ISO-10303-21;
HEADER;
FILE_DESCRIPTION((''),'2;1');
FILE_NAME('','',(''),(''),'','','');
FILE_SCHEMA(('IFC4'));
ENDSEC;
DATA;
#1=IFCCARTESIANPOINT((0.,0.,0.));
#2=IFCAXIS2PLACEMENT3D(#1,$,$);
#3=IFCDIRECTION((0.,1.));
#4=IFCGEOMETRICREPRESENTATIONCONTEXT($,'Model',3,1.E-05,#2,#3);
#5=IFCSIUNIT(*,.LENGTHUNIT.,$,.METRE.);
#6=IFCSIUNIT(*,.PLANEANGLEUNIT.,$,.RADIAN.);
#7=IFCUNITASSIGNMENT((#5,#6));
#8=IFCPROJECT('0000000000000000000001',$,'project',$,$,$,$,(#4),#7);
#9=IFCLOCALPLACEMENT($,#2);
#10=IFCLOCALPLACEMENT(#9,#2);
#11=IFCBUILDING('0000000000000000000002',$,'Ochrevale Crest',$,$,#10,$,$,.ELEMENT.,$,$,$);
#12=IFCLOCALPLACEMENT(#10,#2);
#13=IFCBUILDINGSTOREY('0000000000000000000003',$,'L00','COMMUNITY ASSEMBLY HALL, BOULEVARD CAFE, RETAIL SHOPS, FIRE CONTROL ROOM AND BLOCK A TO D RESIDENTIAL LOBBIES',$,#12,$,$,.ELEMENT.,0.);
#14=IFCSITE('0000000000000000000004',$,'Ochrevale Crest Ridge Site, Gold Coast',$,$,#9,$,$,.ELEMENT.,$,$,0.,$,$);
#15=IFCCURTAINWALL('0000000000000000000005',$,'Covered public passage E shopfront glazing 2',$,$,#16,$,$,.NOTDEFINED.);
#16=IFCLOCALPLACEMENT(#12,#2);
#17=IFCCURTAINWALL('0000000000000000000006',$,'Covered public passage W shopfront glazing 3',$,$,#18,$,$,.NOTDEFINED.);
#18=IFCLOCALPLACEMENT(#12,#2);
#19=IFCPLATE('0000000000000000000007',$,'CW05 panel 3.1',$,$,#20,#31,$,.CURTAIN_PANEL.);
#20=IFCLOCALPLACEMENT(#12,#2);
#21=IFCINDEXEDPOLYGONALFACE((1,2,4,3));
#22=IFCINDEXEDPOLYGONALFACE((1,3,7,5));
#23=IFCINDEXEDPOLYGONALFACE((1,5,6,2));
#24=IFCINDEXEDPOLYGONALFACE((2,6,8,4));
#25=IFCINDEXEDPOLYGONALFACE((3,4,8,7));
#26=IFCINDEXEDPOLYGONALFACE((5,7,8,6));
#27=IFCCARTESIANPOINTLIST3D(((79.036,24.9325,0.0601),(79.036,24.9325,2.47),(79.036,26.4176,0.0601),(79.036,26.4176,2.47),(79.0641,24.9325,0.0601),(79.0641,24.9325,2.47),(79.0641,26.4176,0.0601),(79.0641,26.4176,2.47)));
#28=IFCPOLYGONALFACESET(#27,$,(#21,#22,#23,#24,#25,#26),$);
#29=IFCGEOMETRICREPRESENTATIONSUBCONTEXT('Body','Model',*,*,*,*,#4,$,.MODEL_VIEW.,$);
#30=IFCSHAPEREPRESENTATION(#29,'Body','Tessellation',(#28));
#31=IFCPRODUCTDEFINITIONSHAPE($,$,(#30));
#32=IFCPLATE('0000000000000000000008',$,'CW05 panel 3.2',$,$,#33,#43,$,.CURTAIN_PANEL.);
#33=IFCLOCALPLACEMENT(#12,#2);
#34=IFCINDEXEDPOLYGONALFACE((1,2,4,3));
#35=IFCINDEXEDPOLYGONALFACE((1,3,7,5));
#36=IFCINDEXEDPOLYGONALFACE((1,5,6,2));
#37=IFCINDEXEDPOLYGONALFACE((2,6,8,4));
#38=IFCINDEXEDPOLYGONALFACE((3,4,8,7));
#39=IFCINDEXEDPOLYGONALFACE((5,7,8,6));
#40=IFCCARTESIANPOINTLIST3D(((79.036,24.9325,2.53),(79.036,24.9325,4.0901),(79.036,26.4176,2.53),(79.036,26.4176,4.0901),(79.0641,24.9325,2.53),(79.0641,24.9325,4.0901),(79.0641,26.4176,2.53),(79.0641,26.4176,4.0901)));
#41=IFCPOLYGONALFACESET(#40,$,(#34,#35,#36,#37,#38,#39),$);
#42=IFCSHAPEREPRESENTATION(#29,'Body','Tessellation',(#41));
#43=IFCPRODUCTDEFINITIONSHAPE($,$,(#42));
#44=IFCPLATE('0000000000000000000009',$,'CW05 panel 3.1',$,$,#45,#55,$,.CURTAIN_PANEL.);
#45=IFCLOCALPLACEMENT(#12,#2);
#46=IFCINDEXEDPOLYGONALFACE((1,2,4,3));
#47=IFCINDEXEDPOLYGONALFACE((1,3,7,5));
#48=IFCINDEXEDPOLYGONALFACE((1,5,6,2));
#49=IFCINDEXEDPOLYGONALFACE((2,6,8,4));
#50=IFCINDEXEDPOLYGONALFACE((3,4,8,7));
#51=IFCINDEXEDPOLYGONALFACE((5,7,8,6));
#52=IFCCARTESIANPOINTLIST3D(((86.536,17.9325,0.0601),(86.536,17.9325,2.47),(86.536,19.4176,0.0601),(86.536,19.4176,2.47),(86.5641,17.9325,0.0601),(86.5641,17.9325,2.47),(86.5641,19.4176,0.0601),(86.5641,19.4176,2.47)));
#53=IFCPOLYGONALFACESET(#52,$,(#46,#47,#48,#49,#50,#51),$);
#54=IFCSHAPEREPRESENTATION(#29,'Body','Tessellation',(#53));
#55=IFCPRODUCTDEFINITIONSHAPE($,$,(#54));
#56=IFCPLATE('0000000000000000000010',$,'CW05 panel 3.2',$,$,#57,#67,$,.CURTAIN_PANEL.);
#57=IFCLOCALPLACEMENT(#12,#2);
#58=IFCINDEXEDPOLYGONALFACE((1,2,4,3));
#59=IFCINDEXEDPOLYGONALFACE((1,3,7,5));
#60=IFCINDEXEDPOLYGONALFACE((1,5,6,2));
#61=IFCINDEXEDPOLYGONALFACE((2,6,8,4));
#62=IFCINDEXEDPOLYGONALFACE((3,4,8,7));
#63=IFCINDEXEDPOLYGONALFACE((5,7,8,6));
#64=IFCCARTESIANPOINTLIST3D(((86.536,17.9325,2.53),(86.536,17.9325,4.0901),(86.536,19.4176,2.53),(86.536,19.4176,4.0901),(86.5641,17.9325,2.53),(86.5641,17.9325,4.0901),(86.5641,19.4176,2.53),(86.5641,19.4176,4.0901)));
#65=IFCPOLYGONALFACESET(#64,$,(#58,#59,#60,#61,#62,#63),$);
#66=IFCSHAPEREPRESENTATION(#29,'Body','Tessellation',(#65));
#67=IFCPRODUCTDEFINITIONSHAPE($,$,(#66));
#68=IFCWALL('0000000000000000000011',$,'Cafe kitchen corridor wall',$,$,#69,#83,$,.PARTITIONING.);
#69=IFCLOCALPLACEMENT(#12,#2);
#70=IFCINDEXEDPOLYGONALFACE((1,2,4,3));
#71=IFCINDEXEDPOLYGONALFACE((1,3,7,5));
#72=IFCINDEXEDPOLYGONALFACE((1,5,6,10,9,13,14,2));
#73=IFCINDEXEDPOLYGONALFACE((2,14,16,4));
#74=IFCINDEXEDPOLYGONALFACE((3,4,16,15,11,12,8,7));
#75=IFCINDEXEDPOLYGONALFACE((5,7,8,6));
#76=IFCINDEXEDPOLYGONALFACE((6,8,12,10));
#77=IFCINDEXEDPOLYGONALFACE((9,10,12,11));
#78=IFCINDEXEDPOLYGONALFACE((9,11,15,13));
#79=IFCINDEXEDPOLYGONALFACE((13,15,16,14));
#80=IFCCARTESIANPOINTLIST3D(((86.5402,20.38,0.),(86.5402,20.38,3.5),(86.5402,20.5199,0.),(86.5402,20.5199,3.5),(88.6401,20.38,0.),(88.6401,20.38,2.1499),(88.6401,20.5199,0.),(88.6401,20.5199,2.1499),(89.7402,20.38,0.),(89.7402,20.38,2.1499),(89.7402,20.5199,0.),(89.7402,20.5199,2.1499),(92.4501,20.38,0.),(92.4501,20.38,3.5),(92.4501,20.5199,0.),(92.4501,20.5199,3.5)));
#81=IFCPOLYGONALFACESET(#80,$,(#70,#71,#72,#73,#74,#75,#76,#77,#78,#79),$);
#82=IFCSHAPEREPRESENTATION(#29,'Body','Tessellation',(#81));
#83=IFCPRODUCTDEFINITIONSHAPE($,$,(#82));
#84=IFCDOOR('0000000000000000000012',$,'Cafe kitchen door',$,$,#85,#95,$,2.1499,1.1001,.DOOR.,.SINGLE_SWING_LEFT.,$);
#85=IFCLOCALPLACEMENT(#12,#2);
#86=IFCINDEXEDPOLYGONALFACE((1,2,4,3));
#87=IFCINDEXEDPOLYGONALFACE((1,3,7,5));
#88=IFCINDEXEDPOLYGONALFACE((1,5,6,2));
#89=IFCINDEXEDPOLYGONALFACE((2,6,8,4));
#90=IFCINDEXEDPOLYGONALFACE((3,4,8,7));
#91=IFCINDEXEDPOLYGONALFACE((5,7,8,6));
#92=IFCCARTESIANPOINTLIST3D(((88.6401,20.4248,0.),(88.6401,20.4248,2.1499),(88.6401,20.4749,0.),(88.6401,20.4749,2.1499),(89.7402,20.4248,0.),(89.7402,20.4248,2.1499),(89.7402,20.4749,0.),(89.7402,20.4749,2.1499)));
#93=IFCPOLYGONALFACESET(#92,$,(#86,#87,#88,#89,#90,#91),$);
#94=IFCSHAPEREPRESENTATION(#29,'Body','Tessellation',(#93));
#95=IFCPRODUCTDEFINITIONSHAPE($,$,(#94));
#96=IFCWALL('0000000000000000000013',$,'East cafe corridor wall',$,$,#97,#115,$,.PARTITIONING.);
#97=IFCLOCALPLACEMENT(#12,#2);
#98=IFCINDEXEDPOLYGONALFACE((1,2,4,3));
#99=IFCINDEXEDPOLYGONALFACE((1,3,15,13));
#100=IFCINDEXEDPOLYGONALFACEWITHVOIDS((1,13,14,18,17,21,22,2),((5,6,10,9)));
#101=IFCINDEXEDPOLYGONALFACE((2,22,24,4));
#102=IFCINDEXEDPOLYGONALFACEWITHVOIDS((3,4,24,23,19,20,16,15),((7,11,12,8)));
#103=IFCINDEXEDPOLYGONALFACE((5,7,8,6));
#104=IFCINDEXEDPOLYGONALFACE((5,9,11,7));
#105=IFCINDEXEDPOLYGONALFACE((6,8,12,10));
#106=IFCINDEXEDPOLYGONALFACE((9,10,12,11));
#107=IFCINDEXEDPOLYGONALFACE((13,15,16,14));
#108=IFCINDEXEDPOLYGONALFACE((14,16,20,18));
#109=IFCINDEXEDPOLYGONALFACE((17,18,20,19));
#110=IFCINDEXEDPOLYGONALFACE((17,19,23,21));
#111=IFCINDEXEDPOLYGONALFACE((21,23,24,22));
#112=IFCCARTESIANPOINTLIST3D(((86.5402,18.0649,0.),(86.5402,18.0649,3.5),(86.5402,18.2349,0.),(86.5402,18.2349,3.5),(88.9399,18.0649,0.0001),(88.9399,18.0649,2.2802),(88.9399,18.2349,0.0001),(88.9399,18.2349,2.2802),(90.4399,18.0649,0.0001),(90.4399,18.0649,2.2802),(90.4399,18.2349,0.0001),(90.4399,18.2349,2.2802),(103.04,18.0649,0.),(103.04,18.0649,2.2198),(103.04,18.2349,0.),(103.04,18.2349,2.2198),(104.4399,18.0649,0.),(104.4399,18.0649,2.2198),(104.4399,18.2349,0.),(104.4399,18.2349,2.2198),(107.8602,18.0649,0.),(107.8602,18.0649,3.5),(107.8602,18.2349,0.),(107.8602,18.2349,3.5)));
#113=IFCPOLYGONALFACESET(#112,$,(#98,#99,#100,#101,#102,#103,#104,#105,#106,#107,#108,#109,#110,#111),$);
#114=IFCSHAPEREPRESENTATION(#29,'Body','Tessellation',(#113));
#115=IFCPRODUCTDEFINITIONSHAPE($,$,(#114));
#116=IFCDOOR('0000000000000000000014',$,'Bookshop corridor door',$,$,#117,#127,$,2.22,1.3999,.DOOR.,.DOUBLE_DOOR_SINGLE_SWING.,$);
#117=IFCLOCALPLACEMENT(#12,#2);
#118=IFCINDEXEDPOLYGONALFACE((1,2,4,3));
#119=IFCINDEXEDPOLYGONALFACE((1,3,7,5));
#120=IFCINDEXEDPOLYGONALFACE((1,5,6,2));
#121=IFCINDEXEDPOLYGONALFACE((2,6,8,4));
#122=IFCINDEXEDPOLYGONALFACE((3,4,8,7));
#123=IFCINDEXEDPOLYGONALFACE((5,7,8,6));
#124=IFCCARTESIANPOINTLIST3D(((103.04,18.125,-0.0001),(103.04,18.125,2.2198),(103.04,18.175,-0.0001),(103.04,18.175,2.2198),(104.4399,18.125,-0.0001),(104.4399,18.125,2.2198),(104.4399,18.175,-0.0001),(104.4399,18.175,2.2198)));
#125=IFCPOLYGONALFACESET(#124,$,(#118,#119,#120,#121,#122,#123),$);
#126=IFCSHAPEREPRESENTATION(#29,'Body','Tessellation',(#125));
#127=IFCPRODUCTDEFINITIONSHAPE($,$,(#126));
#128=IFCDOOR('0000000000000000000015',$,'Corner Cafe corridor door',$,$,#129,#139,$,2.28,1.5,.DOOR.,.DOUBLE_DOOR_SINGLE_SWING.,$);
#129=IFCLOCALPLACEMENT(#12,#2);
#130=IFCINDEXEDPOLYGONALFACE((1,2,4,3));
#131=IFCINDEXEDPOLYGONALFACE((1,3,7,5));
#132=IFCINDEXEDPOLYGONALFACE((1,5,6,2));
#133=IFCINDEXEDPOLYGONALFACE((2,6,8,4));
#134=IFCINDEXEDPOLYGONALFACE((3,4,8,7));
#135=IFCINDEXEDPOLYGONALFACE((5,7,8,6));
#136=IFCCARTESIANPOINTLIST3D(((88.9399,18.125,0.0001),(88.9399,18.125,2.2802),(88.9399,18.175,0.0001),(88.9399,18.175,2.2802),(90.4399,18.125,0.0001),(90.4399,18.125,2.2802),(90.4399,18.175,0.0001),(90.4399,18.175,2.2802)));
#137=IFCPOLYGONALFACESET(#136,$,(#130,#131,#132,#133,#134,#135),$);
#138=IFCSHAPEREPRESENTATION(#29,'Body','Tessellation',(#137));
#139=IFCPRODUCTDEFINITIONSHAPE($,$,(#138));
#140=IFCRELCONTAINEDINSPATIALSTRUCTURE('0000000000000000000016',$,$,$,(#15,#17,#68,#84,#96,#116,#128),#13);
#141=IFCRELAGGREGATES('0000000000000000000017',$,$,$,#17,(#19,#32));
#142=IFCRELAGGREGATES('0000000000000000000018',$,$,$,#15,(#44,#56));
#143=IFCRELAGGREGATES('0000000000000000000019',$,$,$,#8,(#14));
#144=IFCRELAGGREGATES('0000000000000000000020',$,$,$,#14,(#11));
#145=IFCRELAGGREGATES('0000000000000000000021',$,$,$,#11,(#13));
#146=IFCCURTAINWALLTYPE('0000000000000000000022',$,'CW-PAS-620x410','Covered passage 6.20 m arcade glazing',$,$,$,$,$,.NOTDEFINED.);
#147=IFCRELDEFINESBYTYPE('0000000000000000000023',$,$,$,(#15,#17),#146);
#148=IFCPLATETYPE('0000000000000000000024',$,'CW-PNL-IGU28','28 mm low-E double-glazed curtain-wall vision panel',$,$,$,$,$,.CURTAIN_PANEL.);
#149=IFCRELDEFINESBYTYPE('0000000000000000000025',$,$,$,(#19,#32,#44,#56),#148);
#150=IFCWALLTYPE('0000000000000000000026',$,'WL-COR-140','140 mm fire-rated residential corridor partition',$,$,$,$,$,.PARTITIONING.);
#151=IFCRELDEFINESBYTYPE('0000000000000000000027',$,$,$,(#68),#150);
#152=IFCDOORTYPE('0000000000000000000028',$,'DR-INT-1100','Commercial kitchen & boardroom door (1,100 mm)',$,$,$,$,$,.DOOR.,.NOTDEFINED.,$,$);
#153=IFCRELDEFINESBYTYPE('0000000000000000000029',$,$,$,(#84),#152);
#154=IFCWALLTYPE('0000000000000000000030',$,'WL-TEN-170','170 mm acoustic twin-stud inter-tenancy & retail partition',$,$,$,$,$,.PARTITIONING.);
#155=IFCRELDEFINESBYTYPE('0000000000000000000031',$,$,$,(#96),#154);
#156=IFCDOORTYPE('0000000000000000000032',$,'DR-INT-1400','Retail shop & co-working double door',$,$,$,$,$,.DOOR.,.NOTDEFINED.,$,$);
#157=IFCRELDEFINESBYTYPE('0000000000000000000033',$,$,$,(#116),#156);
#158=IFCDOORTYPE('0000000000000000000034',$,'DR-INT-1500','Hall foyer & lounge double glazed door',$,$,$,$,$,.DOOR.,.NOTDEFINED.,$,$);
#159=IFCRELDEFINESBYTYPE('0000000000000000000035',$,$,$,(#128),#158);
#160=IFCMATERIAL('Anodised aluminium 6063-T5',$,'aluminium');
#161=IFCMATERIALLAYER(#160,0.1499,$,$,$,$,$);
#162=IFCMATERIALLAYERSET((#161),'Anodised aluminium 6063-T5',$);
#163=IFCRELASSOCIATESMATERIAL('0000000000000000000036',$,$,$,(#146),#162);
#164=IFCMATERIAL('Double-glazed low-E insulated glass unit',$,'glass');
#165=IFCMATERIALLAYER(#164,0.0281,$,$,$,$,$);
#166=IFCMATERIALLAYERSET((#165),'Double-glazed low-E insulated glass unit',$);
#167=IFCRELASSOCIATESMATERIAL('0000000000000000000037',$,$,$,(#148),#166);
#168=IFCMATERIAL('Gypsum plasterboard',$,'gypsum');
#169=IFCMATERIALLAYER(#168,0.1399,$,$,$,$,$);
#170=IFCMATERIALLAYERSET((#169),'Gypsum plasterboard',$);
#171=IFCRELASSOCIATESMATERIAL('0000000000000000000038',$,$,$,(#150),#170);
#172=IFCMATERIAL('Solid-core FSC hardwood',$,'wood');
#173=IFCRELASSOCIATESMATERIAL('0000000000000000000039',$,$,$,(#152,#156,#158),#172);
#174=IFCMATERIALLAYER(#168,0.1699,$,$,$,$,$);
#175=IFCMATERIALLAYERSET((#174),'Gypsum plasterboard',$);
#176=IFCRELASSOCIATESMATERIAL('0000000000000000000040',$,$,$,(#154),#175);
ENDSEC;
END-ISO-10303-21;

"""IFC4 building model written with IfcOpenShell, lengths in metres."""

from ifc_helpers import new_model, si_unit, direction, frame, frame_2d, origin, origin_2d, place, context, subcontext, project, spatial, rectangle, extrude, material, layer, layer_set, type_object, element, fill, aggregate, save


model = new_model("IFC4")

# Units and contexts
model_context = context("Model", 3, precision=1e-05, world=origin(), true_north=direction((0.0, 1.0)))
body_context = subcontext(model_context, "Body", "Model", "MODEL_VIEW")
ifc_project = project(units=[si_unit("LENGTHUNIT", "METRE"), si_unit("PLANEANGLEUNIT", "RADIAN")], contexts=[model_context])

# Site, building, storey
site_placement = place(None, origin())
site = spatial("IfcSite", under=ifc_project, at=site_placement, Name="Ochrevale Crest Ridge Site, Gold Coast", CompositionType="ELEMENT", RefElevation=0.0)
building_placement = place(site_placement, origin())
building = spatial("IfcBuilding", under=site, at=building_placement, Name="Ochrevale Crest", CompositionType="ELEMENT")
storey_placement = place(building_placement, origin())
storey = spatial("IfcBuildingStorey", under=building, at=storey_placement, Name="L00", Description="COMMUNITY ASSEMBLY HALL, BOULEVARD CAFE, RETAIL SHOPS, FIRE CONTROL ROOM AND BLOCK A TO D RESIDENTIAL LOBBIES", CompositionType="ELEMENT", Elevation=0.0)

# Curtain wall
ifc_material_1 = material(Name="Anodised aluminium 6063-T5", Category="aluminium")
ifc_layer_1 = layer(ifc_material_1, 0.1499)
ifc_layer_set_1 = layer_set([ifc_layer_1], Name="Anodised aluminium 6063-T5")
curtain_wall_type = type_object("IfcCurtainWallType", Name="CW-PAS-620x410", Description="Covered passage 6.20 m arcade glazing", PredefinedType="NOTDEFINED", material=ifc_layer_set_1)
curtain_wall_1_placement = place(storey_placement, origin())
curtain_wall_1 = element("IfcCurtainWall", 1, at=curtain_wall_1_placement, inside=storey, type_object=curtain_wall_type, Name="Covered public passage E shopfront glazing 2", PredefinedType="NOTDEFINED")

# Curtain wall
curtain_wall_2_placement = place(storey_placement, origin())
curtain_wall_2 = element("IfcCurtainWall", 2, at=curtain_wall_2_placement, inside=storey, type_object=curtain_wall_type, Name="Covered public passage W shopfront glazing 3", PredefinedType="NOTDEFINED")

# Plates
ifc_material_2 = material(Name="Double-glazed low-E insulated glass unit", Category="glass")
ifc_layer_2 = layer(ifc_material_2, 0.0281)
ifc_layer_set_2 = layer_set([ifc_layer_2], Name="Double-glazed low-E insulated glass unit")
plate_type = type_object("IfcPlateType", Name="CW-PNL-IGU28", Description="28 mm low-E double-glazed curtain-wall vision panel", PredefinedType="CURTAIN_PANEL", material=ifc_layer_set_2)
plate_1_placement = place(storey_placement, frame((79.05, 25.675, 0.0601), z_axis=(0.0, 0.0, 1.0), x_axis=(0.0, 1.0, 0.0)))
plate_1 = element("IfcPlate", 3, at=plate_1_placement, type_object=plate_type, Name="CW05 panel 3.1", PredefinedType="CURTAIN_PANEL", context=body_context, shape_type="SweptSolid", body=[
    extrude(rectangle(XDim=1.4851, YDim=0.0281, at=origin_2d()), origin(), (0.0, 0.0, 1.0), 2.4099),
])
plate_2_placement = place(storey_placement, frame((79.05, 25.675, 2.53), z_axis=(0.0, 0.0, 1.0), x_axis=(0.0, 1.0, 0.0)))
plate_2 = element("IfcPlate", 4, at=plate_2_placement, type_object=plate_type, Name="CW05 panel 3.2", PredefinedType="CURTAIN_PANEL", context=body_context, shape_type="SweptSolid", body=[
    extrude(rectangle(XDim=1.4851, YDim=0.0281, at=origin_2d()), origin(), (0.0, 0.0, 1.0), 1.5601),
])
aggregate(curtain_wall_2, [plate_1, plate_2])
plate_3_placement = place(storey_placement, frame((86.55, 18.675, 0.0601), z_axis=(0.0, 0.0, 1.0), x_axis=(0.0, 1.0, 0.0)))
plate_3 = element("IfcPlate", 5, at=plate_3_placement, type_object=plate_type, Name="CW05 panel 3.1", PredefinedType="CURTAIN_PANEL", context=body_context, shape_type="SweptSolid", body=[
    extrude(rectangle(XDim=1.4851, YDim=0.0281, at=origin_2d()), origin(), (0.0, 0.0, 1.0), 2.4099),
])
plate_4_placement = place(storey_placement, frame((86.55, 18.675, 2.53), z_axis=(0.0, 0.0, 1.0), x_axis=(0.0, 1.0, 0.0)))
plate_4 = element("IfcPlate", 6, at=plate_4_placement, type_object=plate_type, Name="CW05 panel 3.2", PredefinedType="CURTAIN_PANEL", context=body_context, shape_type="SweptSolid", body=[
    extrude(rectangle(XDim=1.4851, YDim=0.0281, at=origin_2d()), origin(), (0.0, 0.0, 1.0), 1.5601),
])
aggregate(curtain_wall_1, [plate_3, plate_4])

# Wall, opening, door
ifc_material_3 = material(Name="Gypsum plasterboard", Category="gypsum")
ifc_layer_3 = layer(ifc_material_3, 0.1399)
ifc_layer_set_3 = layer_set([ifc_layer_3], Name="Gypsum plasterboard")
wall_type_1 = type_object("IfcWallType", Name="WL-COR-140", Description="140 mm fire-rated residential corridor partition", PredefinedType="PARTITIONING", material=ifc_layer_set_3)
wall_1_placement = place(storey_placement, frame((86.54, 20.45, 0.0), z_axis=(0.0, 0.0, 1.0), x_axis=(1.0, 0.0, 0.0)))
wall_1 = element("IfcWall", 7, at=wall_1_placement, inside=storey, type_object=wall_type_1, Name="Cafe kitchen corridor wall", PredefinedType="PARTITIONING", context=body_context, shape_type="SweptSolid", body=[
    extrude(rectangle(XDim=5.9099, YDim=0.1399, at=frame_2d((2.9551, 0.0))), origin(), (0.0, 0.0, 1.0), 3.5),
])
opening_1_placement = place(wall_1_placement, frame((2.1001, 0.0, 0.0)))
opening_1 = element("IfcOpeningElement", 8, at=opening_1_placement, cuts=wall_1, PredefinedType="OPENING", context=body_context, shape_type="SweptSolid", body=[
    extrude(rectangle(XDim=1.1001, YDim=2.1499, at=frame_2d((0.55, 1.075))), frame((0.0, 0.0801, 0.0), z_axis=(0.0, -1.0, 0.0), x_axis=(1.0, 0.0, 0.0)), (0.0, 0.0, 1.0), 0.1599),
])
ifc_material_4 = material(Name="Solid-core FSC hardwood", Category="wood")
door_type_1 = type_object("IfcDoorType", Name="DR-INT-1100", Description="Commercial kitchen & boardroom door (1,100 mm)", OperationType="NOTDEFINED", PredefinedType="DOOR", material=ifc_material_4)
door_1_placement = place(opening_1_placement, origin())
door_1 = element("IfcDoor", 9, at=door_1_placement, inside=storey, type_object=door_type_1, Name="Cafe kitchen door", OperationType="SINGLE_SWING_LEFT", OverallHeight=2.1499, OverallWidth=1.1001, PredefinedType="DOOR", context=body_context, shape_type="SweptSolid", body=[
    extrude(rectangle(XDim=1.1001, YDim=2.1499, at=frame_2d((0.55, 1.075))), frame((0.0, 0.0249, 0.0), z_axis=(0.0, -1.0, 0.0), x_axis=(1.0, 0.0, 0.0)), (0.0, 0.0, 1.0), 0.05),
])
fill(opening_1, door_1)

# Wall, openings, doors
ifc_layer_4 = layer(ifc_material_3, 0.1699)
ifc_layer_set_4 = layer_set([ifc_layer_4], Name="Gypsum plasterboard")
wall_type_2 = type_object("IfcWallType", Name="WL-TEN-170", Description="170 mm acoustic twin-stud inter-tenancy & retail partition", PredefinedType="PARTITIONING", material=ifc_layer_set_4)
wall_2_placement = place(storey_placement, frame((86.54, 18.1499, 0.0), z_axis=(0.0, 0.0, 1.0), x_axis=(1.0, 0.0, 0.0)))
wall_2 = element("IfcWall", 10, at=wall_2_placement, inside=storey, type_object=wall_type_2, Name="East cafe corridor wall", PredefinedType="PARTITIONING", context=body_context, shape_type="SweptSolid", body=[
    extrude(rectangle(XDim=21.3201, YDim=0.1699, at=frame_2d((10.6602, 0.0))), origin(), (0.0, 0.0, 1.0), 3.5),
])
opening_2_placement = place(wall_2_placement, frame((3.8999, 0.0, 0.0), z_axis=(0.0, 0.0, 1.0), x_axis=(-1.0, 0.0, 0.0)))
opening_2 = element("IfcOpeningElement", 11, at=opening_2_placement, cuts=wall_2, PredefinedType="OPENING", context=body_context, shape_type="SweptSolid", body=[
    extrude(rectangle(XDim=1.5, YDim=2.28, at=frame_2d((0.75, 1.1401))), frame((0.0, 0.095, 0.0), z_axis=(0.0, -1.0, 0.0), x_axis=(1.0, 0.0, 0.0)), (0.0, 0.0, 1.0), 0.1899),
])
opening_3_placement = place(wall_2_placement, frame((17.8999, 0.0, 0.0), z_axis=(0.0, 0.0, 1.0), x_axis=(-1.0, 0.0, 0.0)))
opening_3 = element("IfcOpeningElement", 12, at=opening_3_placement, cuts=wall_2, PredefinedType="OPENING", context=body_context, shape_type="SweptSolid", body=[
    extrude(rectangle(XDim=1.3999, YDim=2.22, at=frame_2d((0.7, 1.1099))), frame((0.0, 0.095, 0.0), z_axis=(0.0, -1.0, 0.0), x_axis=(1.0, 0.0, 0.0)), (0.0, 0.0, 1.0), 0.1899),
])
door_type_2 = type_object("IfcDoorType", Name="DR-INT-1400", Description="Retail shop & co-working double door", OperationType="NOTDEFINED", PredefinedType="DOOR", material=ifc_material_4)
door_2_placement = place(opening_3_placement, origin())
door_2 = element("IfcDoor", 13, at=door_2_placement, inside=storey, type_object=door_type_2, Name="Bookshop corridor door", OperationType="DOUBLE_DOOR_SINGLE_SWING", OverallHeight=2.22, OverallWidth=1.3999, PredefinedType="DOOR", context=body_context, shape_type="SweptSolid", body=[
    extrude(rectangle(XDim=1.3999, YDim=2.22, at=frame_2d((0.7, 1.1099))), frame((0.0, 0.0249, 0.0), z_axis=(0.0, -1.0, 0.0), x_axis=(1.0, 0.0, 0.0)), (0.0, 0.0, 1.0), 0.05),
])
fill(opening_3, door_2)
door_type_3 = type_object("IfcDoorType", Name="DR-INT-1500", Description="Hall foyer & lounge double glazed door", OperationType="NOTDEFINED", PredefinedType="DOOR", material=ifc_material_4)
door_3_placement = place(opening_2_placement, origin())
door_3 = element("IfcDoor", 14, at=door_3_placement, inside=storey, type_object=door_type_3, Name="Corner Cafe corridor door", OperationType="DOUBLE_DOOR_SINGLE_SWING", OverallHeight=2.28, OverallWidth=1.5, PredefinedType="DOOR", context=body_context, shape_type="SweptSolid", body=[
    extrude(rectangle(XDim=1.5, YDim=2.28, at=frame_2d((0.75, 1.1401))), frame((0.0, 0.0249, 0.0), z_axis=(0.0, -1.0, 0.0), x_axis=(1.0, 0.0, 0.0)), (0.0, 0.0, 1.0), 0.05),
])
fill(opening_2, door_3)

save(model, "model.ifc")
